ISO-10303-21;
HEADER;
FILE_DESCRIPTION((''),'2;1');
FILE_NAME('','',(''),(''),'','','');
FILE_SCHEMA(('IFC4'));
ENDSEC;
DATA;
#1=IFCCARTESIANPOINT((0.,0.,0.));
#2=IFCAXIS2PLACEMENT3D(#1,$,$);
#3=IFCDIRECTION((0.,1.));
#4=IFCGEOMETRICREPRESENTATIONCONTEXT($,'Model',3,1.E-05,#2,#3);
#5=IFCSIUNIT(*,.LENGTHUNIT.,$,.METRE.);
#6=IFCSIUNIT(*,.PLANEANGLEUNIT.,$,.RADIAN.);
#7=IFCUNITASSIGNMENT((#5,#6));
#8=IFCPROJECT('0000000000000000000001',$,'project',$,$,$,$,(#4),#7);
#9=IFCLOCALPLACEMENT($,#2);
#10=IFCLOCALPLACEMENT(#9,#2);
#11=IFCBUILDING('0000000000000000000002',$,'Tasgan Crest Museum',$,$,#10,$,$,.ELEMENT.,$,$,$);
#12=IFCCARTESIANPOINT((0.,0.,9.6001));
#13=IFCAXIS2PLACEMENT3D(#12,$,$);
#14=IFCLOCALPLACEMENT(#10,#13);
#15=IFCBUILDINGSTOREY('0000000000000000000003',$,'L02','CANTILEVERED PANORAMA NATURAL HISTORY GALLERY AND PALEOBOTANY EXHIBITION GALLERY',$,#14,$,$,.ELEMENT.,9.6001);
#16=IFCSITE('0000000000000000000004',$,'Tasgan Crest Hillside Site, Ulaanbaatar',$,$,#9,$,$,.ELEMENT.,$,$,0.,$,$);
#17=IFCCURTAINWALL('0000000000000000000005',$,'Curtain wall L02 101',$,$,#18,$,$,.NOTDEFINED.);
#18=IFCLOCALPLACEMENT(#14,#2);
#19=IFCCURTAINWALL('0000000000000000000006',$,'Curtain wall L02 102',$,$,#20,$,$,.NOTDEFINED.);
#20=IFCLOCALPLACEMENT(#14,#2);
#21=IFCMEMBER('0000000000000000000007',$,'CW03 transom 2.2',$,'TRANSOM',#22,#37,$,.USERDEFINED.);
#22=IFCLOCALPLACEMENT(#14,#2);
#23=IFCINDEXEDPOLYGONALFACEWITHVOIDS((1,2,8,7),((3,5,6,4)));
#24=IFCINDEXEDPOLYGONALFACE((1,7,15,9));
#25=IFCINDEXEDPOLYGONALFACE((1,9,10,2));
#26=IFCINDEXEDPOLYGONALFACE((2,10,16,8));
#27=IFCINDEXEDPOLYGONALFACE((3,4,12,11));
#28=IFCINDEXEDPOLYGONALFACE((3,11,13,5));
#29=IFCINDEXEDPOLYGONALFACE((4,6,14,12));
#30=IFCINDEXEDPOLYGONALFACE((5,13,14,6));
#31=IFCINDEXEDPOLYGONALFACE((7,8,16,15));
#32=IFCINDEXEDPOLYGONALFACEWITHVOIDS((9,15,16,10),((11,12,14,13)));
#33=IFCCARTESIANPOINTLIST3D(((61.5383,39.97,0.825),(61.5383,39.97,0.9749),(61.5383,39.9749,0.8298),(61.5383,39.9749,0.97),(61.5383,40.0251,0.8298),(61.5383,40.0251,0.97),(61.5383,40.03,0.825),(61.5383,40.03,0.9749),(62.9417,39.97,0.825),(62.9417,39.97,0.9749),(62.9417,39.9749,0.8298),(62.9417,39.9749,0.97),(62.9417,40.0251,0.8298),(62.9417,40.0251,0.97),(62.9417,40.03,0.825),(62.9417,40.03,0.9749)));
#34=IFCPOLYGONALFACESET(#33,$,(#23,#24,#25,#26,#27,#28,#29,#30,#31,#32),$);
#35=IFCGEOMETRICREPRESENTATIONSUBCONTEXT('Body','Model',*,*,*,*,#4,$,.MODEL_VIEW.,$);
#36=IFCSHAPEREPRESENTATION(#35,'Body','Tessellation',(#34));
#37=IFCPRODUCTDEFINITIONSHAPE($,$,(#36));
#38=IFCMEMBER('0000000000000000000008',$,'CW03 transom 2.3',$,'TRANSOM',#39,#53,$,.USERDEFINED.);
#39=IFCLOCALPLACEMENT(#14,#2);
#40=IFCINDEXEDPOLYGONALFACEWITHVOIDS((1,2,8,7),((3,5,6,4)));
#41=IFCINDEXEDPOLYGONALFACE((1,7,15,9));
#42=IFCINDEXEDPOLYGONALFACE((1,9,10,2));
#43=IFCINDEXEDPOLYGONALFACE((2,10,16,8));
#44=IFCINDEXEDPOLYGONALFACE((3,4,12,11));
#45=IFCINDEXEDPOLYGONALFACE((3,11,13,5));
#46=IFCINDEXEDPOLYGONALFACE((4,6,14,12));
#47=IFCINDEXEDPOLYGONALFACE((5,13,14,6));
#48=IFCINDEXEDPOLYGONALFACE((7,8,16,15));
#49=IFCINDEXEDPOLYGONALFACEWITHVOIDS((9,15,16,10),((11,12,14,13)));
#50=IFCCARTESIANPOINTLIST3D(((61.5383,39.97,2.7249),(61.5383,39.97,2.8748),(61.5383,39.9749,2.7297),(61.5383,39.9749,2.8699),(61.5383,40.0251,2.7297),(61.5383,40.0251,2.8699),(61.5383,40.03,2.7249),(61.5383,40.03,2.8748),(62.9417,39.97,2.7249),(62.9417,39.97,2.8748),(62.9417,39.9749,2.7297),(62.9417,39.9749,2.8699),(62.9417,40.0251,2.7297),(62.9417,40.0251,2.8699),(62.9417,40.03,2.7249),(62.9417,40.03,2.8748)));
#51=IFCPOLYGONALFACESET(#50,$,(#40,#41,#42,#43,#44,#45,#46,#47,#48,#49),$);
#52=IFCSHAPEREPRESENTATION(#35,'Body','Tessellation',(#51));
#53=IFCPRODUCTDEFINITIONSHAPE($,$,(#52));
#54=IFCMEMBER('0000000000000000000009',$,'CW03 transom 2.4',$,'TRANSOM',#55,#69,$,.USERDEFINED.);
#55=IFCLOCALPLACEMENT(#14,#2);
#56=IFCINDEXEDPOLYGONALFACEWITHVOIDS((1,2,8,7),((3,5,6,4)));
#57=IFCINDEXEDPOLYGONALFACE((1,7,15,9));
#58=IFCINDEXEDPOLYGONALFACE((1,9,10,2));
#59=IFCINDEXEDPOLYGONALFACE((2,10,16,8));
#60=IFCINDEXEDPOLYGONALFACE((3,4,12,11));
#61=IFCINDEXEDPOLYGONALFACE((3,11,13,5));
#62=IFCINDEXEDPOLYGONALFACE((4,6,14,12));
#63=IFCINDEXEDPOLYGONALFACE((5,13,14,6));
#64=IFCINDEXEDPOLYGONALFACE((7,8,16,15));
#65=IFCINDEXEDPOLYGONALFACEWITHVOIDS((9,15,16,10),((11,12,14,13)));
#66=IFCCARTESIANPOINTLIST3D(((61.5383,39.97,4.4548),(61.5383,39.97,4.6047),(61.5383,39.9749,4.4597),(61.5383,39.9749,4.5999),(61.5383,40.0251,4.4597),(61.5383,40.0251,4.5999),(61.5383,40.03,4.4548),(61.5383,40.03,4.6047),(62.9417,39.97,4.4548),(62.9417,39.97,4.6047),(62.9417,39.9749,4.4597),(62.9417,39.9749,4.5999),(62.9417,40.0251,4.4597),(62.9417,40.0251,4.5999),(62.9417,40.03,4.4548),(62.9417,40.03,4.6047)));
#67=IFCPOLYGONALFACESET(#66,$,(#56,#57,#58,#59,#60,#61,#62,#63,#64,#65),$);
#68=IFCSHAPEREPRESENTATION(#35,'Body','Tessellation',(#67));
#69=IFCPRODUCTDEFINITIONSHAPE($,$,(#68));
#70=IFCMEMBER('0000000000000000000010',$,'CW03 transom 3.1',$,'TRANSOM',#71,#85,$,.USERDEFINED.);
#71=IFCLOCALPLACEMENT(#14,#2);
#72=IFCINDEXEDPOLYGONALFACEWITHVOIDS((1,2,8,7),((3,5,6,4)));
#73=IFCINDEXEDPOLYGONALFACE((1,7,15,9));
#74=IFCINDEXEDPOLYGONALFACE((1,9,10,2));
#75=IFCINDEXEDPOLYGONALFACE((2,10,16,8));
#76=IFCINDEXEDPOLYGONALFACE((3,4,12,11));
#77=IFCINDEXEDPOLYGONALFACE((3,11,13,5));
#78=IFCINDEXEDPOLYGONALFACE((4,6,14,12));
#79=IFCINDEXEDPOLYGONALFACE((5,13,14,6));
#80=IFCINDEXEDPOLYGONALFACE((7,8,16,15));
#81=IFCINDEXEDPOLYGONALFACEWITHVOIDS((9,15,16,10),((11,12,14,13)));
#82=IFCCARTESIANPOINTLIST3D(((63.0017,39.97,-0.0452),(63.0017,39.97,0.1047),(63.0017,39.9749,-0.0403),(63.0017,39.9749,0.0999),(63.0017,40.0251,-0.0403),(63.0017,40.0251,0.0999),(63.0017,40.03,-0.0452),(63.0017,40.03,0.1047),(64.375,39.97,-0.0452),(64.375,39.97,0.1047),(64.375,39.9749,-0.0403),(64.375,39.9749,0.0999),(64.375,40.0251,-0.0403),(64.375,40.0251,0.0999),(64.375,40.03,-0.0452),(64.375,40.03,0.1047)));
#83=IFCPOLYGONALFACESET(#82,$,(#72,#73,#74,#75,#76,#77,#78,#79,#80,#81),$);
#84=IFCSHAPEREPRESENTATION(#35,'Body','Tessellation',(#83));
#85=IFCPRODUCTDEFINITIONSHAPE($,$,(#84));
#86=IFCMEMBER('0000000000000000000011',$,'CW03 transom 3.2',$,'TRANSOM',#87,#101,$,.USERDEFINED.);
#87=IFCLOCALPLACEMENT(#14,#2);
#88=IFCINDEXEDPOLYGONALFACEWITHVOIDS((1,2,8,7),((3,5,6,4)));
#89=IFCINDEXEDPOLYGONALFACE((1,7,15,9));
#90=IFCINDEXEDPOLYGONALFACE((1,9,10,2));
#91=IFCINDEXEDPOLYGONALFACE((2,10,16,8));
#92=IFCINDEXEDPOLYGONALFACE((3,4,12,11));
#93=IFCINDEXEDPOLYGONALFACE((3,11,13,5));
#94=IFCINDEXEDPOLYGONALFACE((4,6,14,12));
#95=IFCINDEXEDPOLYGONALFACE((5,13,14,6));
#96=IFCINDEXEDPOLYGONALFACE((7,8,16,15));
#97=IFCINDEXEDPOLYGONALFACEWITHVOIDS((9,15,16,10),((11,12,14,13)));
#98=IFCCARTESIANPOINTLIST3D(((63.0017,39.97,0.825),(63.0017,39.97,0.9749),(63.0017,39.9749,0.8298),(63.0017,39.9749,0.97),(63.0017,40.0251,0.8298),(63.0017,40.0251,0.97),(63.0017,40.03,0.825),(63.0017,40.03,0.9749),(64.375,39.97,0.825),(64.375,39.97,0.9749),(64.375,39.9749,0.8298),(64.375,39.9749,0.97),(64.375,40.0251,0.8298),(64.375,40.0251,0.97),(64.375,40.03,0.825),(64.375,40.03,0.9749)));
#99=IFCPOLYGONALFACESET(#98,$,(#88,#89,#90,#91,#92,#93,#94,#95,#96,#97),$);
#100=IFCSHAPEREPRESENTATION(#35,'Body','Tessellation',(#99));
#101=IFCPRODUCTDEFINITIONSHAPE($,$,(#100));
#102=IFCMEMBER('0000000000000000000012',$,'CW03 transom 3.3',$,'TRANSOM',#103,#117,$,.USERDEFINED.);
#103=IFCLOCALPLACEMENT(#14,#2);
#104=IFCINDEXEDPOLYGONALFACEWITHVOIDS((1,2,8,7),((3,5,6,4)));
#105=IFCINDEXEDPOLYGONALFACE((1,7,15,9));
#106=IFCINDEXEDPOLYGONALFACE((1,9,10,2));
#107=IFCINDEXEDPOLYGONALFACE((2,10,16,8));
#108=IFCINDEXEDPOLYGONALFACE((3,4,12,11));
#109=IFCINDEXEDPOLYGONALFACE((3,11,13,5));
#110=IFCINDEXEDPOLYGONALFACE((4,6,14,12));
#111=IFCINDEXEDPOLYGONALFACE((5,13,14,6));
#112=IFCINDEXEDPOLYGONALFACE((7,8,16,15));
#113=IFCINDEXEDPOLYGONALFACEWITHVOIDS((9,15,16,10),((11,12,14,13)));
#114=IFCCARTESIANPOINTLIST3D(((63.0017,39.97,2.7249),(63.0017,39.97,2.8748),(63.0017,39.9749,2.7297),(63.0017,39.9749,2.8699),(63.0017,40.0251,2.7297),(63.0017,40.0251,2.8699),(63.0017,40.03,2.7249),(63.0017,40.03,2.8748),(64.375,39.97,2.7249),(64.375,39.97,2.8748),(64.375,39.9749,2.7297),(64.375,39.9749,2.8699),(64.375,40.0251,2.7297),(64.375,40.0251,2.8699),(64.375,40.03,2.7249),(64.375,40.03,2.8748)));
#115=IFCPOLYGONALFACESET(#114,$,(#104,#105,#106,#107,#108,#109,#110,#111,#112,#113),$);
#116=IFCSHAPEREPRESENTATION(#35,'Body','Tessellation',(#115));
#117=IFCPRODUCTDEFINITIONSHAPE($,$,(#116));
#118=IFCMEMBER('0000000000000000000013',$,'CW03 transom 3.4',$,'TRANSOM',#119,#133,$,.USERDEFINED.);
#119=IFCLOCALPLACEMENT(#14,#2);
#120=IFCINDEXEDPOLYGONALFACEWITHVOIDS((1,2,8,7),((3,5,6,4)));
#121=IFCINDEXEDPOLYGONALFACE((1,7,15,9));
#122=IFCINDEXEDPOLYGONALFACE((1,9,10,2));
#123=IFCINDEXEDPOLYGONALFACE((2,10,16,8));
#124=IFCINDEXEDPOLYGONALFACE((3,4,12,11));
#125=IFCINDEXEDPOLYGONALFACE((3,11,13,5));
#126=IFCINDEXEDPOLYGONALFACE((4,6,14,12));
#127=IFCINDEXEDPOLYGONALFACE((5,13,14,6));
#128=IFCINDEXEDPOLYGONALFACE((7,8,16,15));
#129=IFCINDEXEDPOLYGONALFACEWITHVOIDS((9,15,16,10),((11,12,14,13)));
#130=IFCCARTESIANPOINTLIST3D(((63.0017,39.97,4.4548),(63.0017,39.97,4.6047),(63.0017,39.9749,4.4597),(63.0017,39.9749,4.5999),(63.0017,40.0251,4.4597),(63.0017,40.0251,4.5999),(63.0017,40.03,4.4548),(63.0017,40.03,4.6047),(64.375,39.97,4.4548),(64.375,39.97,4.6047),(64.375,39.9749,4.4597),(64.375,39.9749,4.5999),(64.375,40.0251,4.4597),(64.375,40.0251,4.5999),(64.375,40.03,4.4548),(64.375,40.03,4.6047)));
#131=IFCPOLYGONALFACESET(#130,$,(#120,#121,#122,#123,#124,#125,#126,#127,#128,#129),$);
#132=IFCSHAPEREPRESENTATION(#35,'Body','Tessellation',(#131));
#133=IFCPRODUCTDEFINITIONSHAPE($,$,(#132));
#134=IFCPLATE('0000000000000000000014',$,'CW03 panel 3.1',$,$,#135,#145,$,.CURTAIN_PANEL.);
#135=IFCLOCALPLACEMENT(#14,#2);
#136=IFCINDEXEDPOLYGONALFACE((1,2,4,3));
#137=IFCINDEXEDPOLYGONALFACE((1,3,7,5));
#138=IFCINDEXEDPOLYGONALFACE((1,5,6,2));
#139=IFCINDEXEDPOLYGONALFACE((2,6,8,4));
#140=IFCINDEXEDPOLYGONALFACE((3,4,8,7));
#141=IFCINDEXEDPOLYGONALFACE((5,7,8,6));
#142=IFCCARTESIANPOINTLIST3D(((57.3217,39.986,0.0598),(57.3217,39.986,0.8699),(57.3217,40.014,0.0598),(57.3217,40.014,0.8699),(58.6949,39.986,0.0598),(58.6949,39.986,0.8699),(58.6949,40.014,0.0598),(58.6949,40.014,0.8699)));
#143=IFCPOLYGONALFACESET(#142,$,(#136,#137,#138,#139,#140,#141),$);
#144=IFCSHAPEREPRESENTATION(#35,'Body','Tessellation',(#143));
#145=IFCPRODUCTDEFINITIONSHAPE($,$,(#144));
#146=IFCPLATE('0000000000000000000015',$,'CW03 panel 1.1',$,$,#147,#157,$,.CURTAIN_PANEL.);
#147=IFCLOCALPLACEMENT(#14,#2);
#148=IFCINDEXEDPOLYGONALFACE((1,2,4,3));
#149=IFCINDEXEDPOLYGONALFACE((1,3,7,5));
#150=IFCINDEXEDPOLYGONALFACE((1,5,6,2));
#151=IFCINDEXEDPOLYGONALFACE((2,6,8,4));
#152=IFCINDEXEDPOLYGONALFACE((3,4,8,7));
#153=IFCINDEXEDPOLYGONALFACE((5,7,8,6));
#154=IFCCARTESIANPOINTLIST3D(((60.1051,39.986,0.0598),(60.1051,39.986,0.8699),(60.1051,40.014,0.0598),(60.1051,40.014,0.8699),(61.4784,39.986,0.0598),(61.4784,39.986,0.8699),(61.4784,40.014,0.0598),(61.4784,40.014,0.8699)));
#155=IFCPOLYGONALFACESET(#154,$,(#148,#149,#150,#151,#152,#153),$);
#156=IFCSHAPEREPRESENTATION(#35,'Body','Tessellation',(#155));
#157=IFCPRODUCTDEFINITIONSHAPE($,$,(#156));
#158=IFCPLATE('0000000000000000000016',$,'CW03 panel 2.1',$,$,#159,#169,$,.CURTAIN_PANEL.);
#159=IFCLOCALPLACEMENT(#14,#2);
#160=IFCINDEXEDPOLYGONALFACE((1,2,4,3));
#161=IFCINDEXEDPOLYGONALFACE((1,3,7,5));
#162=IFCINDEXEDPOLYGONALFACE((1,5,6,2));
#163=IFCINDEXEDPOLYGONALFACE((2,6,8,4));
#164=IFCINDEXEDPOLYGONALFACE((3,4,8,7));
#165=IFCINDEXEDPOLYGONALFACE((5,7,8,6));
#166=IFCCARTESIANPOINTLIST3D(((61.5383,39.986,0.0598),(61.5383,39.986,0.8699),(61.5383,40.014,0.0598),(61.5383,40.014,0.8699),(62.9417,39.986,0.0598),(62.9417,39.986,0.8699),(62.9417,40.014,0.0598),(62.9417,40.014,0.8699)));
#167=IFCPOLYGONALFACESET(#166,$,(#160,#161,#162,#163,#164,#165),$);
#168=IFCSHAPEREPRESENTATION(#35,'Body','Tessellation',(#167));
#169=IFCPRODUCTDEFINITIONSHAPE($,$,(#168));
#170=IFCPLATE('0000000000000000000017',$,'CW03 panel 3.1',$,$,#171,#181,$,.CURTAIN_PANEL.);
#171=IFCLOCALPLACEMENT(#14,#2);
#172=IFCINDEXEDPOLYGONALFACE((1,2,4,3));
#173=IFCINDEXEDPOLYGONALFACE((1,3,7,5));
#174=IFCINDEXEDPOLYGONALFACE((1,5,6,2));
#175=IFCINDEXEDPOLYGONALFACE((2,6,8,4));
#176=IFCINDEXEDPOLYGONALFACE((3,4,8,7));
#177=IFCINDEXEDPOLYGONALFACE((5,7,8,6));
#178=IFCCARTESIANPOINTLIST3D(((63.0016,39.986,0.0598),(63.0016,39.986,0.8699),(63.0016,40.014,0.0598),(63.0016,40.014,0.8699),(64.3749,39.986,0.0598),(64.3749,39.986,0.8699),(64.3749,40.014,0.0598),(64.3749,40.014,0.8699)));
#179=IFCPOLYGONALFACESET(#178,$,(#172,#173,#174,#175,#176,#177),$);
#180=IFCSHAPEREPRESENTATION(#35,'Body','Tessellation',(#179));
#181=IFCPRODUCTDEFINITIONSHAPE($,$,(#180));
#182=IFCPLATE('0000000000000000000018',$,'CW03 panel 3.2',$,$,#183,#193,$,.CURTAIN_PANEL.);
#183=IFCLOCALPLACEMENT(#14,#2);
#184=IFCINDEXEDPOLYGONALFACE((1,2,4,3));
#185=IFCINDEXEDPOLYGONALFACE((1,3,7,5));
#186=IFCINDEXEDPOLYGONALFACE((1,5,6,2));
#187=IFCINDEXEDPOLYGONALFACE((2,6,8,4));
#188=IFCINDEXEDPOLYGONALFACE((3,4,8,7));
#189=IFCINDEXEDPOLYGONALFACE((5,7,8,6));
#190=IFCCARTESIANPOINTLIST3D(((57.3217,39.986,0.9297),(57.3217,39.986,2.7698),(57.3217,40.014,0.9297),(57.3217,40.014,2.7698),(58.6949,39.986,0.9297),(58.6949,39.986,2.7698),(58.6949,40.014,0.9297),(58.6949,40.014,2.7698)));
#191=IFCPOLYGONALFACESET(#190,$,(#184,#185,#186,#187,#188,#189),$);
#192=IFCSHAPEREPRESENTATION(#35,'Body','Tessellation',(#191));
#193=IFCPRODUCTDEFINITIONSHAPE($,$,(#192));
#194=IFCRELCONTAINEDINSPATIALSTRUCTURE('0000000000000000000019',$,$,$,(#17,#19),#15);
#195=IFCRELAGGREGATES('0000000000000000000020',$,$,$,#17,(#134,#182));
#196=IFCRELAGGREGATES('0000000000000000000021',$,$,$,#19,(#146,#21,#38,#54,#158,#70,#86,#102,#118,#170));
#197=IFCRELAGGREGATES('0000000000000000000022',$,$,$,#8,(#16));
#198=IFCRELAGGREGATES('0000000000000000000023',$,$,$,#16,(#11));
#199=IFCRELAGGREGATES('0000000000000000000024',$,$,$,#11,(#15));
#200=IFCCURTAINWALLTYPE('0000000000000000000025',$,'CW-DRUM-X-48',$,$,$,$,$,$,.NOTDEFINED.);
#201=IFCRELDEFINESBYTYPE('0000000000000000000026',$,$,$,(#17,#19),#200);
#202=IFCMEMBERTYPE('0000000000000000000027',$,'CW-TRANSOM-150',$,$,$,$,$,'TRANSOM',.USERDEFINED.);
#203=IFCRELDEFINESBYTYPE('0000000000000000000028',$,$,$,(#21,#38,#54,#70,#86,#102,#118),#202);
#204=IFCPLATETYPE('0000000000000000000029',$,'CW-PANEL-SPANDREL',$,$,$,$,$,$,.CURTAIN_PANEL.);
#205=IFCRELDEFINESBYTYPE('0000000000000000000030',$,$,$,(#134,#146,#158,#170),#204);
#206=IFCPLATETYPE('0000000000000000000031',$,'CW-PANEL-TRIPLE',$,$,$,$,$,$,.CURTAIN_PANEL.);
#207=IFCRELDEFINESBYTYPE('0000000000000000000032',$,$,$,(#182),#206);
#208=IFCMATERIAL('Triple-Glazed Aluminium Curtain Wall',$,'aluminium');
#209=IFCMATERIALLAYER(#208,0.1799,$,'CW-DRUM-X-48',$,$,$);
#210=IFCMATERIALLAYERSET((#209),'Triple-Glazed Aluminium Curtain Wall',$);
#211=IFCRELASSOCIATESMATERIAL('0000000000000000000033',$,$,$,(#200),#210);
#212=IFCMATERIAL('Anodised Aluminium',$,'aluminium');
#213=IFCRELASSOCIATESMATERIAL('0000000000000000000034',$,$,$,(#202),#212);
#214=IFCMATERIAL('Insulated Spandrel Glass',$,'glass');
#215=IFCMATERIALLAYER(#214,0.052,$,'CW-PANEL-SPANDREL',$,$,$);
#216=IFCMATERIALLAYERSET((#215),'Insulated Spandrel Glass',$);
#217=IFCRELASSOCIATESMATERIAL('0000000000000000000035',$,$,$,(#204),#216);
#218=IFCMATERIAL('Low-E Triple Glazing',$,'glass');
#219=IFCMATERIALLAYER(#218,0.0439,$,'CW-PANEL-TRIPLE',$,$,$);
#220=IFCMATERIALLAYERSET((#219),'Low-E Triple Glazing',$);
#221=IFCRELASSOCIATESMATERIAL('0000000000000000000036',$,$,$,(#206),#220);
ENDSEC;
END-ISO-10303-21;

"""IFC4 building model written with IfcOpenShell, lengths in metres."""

from ifc_helpers import new_model, si_unit, direction, frame, origin, origin_2d, place, context, subcontext, project, spatial, rectangle, hollow_rectangle, extrude, material, layer, layer_set, material_profile, profile_set, type_object, element, aggregate, save


model = new_model("IFC4")

# Units and contexts
model_context = context("Model", 3, precision=1e-05, world=origin(), true_north=direction((0.0, 1.0)))
body_context = subcontext(model_context, "Body", "Model", "MODEL_VIEW")
ifc_project = project(units=[si_unit("LENGTHUNIT", "METRE"), si_unit("PLANEANGLEUNIT", "RADIAN")], contexts=[model_context])

# Site, building, storey
site_placement = place(None, origin())
site = spatial("IfcSite", under=ifc_project, at=site_placement, Name="Tasgan Crest Hillside Site, Ulaanbaatar", CompositionType="ELEMENT", RefElevation=0.0)
building_placement = place(site_placement, origin())
building = spatial("IfcBuilding", under=site, at=building_placement, Name="Tasgan Crest Museum", CompositionType="ELEMENT")
storey_placement = place(building_placement, frame((0.0, 0.0, 9.6001)))
storey = spatial("IfcBuildingStorey", under=building, at=storey_placement, Name="L02", Description="CANTILEVERED PANORAMA NATURAL HISTORY GALLERY AND PALEOBOTANY EXHIBITION GALLERY", CompositionType="ELEMENT", Elevation=9.6001)

# Curtain walls
ifc_material_1 = material(Name="Triple-Glazed Aluminium Curtain Wall", Category="aluminium")
ifc_layer_1 = layer(ifc_material_1, 0.1799, Name="CW-DRUM-X-48")
ifc_layer_set_1 = layer_set([ifc_layer_1], Name="Triple-Glazed Aluminium Curtain Wall")
curtain_wall_type = type_object("IfcCurtainWallType", Name="CW-DRUM-X-48", PredefinedType="NOTDEFINED", material=ifc_layer_set_1)
curtain_wall_1_placement = place(storey_placement, origin())
curtain_wall_1 = element("IfcCurtainWall", 1, at=curtain_wall_1_placement, inside=storey, type_object=curtain_wall_type, Name="Curtain wall L02 101", PredefinedType="NOTDEFINED")
curtain_wall_2_placement = place(storey_placement, origin())
curtain_wall_2 = element("IfcCurtainWall", 2, at=curtain_wall_2_placement, inside=storey, type_object=curtain_wall_type, Name="Curtain wall L02 102", PredefinedType="NOTDEFINED")

# Members
ifc_material_2 = material(Name="Anodised Aluminium", Category="aluminium")
ifc_material_profile_1 = material_profile(ifc_material_2, hollow_rectangle(XDim=0.0601, YDim=0.1499, WallThickness=0.0049, at=origin_2d()), Name="ALU TRANSOM 150x60x5")
ifc_profile_set_1 = profile_set([ifc_material_profile_1], Name="Anodised Aluminium")
member_type_1 = type_object("IfcMemberType", Name="CW-TRANSOM-150", ElementType="TRANSOM", PredefinedType="USERDEFINED", material=ifc_profile_set_1)
member_1_placement = place(storey_placement, frame((61.5383, 40.0, 0.8999), z_axis=(1.0, 0.0, 0.0), x_axis=(0.0, 1.0, 0.0)))
member_1 = element("IfcMember", 3, at=member_1_placement, type_object=member_type_1, Name="CW03 transom 2.2", ObjectType="TRANSOM", PredefinedType="USERDEFINED", context=body_context, shape_type="SweptSolid", body=[
    extrude(hollow_rectangle(XDim=0.0601, YDim=0.1499, WallThickness=0.0049, at=origin_2d()), origin(), (0.0, 0.0, 1.0), 1.4033),
])
member_2_placement = place(storey_placement, frame((61.5383, 40.0, 2.7998), z_axis=(1.0, 0.0, 0.0), x_axis=(0.0, 1.0, 0.0)))
member_2 = element("IfcMember", 4, at=member_2_placement, type_object=member_type_1, Name="CW03 transom 2.3", ObjectType="TRANSOM", PredefinedType="USERDEFINED", context=body_context, shape_type="SweptSolid", body=[
    extrude(hollow_rectangle(XDim=0.0601, YDim=0.1499, WallThickness=0.0049, at=origin_2d()), origin(), (0.0, 0.0, 1.0), 1.4033),
])
member_3_placement = place(storey_placement, frame((61.5383, 40.0, 4.5298), z_axis=(1.0, 0.0, 0.0), x_axis=(0.0, 1.0, 0.0)))
member_3 = element("IfcMember", 5, at=member_3_placement, type_object=member_type_1, Name="CW03 transom 2.4", ObjectType="TRANSOM", PredefinedType="USERDEFINED", context=body_context, shape_type="SweptSolid", body=[
    extrude(hollow_rectangle(XDim=0.0601, YDim=0.1499, WallThickness=0.0049, at=origin_2d()), origin(), (0.0, 0.0, 1.0), 1.4033),
])
member_4_placement = place(storey_placement, frame((63.0017, 40.0, 0.0298), z_axis=(1.0, 0.0, 0.0), x_axis=(0.0, 1.0, 0.0)))
member_4 = element("IfcMember", 6, at=member_4_placement, type_object=member_type_1, Name="CW03 transom 3.1", ObjectType="TRANSOM", PredefinedType="USERDEFINED", context=body_context, shape_type="SweptSolid", body=[
    extrude(hollow_rectangle(XDim=0.0601, YDim=0.1499, WallThickness=0.0049, at=origin_2d()), origin(), (0.0, 0.0, 1.0), 1.3733),
])
member_5_placement = place(storey_placement, frame((63.0017, 40.0, 0.8999), z_axis=(1.0, 0.0, 0.0), x_axis=(0.0, 1.0, 0.0)))
member_5 = element("IfcMember", 7, at=member_5_placement, type_object=member_type_1, Name="CW03 transom 3.2", ObjectType="TRANSOM", PredefinedType="USERDEFINED", context=body_context, shape_type="SweptSolid", body=[
    extrude(hollow_rectangle(XDim=0.0601, YDim=0.1499, WallThickness=0.0049, at=origin_2d()), origin(), (0.0, 0.0, 1.0), 1.3733),
])
member_6_placement = place(storey_placement, frame((63.0017, 40.0, 2.7998), z_axis=(1.0, 0.0, 0.0), x_axis=(0.0, 1.0, 0.0)))
member_6 = element("IfcMember", 8, at=member_6_placement, type_object=member_type_1, Name="CW03 transom 3.3", ObjectType="TRANSOM", PredefinedType="USERDEFINED", context=body_context, shape_type="SweptSolid", body=[
    extrude(hollow_rectangle(XDim=0.0601, YDim=0.1499, WallThickness=0.0049, at=origin_2d()), origin(), (0.0, 0.0, 1.0), 1.3733),
])
member_7_placement = place(storey_placement, frame((63.0017, 40.0, 4.5298), z_axis=(1.0, 0.0, 0.0), x_axis=(0.0, 1.0, 0.0)))
member_7 = element("IfcMember", 9, at=member_7_placement, type_object=member_type_1, Name="CW03 transom 3.4", ObjectType="TRANSOM", PredefinedType="USERDEFINED", context=body_context, shape_type="SweptSolid", body=[
    extrude(hollow_rectangle(XDim=0.0601, YDim=0.1499, WallThickness=0.0049, at=origin_2d()), origin(), (0.0, 0.0, 1.0), 1.3733),
])

# Plates
ifc_material_3 = material(Name="Insulated Spandrel Glass", Category="glass")
ifc_layer_2 = layer(ifc_material_3, 0.052, Name="CW-PANEL-SPANDREL")
ifc_layer_set_2 = layer_set([ifc_layer_2], Name="Insulated Spandrel Glass")
plate_type_1 = type_object("IfcPlateType", Name="CW-PANEL-SPANDREL", PredefinedType="CURTAIN_PANEL", material=ifc_layer_set_2)
plate_1_placement = place(storey_placement, frame((58.0083, 40.0, 0.0598), z_axis=(0.0, 0.0, 1.0), x_axis=(1.0, 0.0, 0.0)))
plate_1 = element("IfcPlate", 10, at=plate_1_placement, type_object=plate_type_1, Name="CW03 panel 3.1", PredefinedType="CURTAIN_PANEL", context=body_context, shape_type="SweptSolid", body=[
    extrude(rectangle(XDim=1.3733, YDim=0.0281, at=origin_2d()), origin(), (0.0, 0.0, 1.0), 0.8101),
])
plate_2_placement = place(storey_placement, frame((60.7917, 40.0, 0.0598), z_axis=(0.0, 0.0, 1.0), x_axis=(1.0, 0.0, 0.0)))
plate_2 = element("IfcPlate", 11, at=plate_2_placement, type_object=plate_type_1, Name="CW03 panel 1.1", PredefinedType="CURTAIN_PANEL", context=body_context, shape_type="SweptSolid", body=[
    extrude(rectangle(XDim=1.3733, YDim=0.0281, at=origin_2d()), origin(), (0.0, 0.0, 1.0), 0.8101),
])
plate_3_placement = place(storey_placement, frame((62.24, 40.0, 0.0598), z_axis=(0.0, 0.0, 1.0), x_axis=(1.0, 0.0, 0.0)))
plate_3 = element("IfcPlate", 12, at=plate_3_placement, type_object=plate_type_1, Name="CW03 panel 2.1", PredefinedType="CURTAIN_PANEL", context=body_context, shape_type="SweptSolid", body=[
    extrude(rectangle(XDim=1.4033, YDim=0.0281, at=origin_2d()), origin(), (0.0, 0.0, 1.0), 0.8101),
])
plate_4_placement = place(storey_placement, frame((63.6882, 40.0, 0.0598), z_axis=(0.0, 0.0, 1.0), x_axis=(1.0, 0.0, 0.0)))
plate_4 = element("IfcPlate", 13, at=plate_4_placement, type_object=plate_type_1, Name="CW03 panel 3.1", PredefinedType="CURTAIN_PANEL", context=body_context, shape_type="SweptSolid", body=[
    extrude(rectangle(XDim=1.3733, YDim=0.0281, at=origin_2d()), origin(), (0.0, 0.0, 1.0), 0.8101),
])
ifc_material_4 = material(Name="Low-E Triple Glazing", Category="glass")
ifc_layer_3 = layer(ifc_material_4, 0.0439, Name="CW-PANEL-TRIPLE")
ifc_layer_set_3 = layer_set([ifc_layer_3], Name="Low-E Triple Glazing")
plate_type_2 = type_object("IfcPlateType", Name="CW-PANEL-TRIPLE", PredefinedType="CURTAIN_PANEL", material=ifc_layer_set_3)
plate_5_placement = place(storey_placement, frame((58.0083, 40.0, 0.9297), z_axis=(0.0, 0.0, 1.0), x_axis=(1.0, 0.0, 0.0)))
plate_5 = element("IfcPlate", 14, at=plate_5_placement, type_object=plate_type_2, Name="CW03 panel 3.2", PredefinedType="CURTAIN_PANEL", context=body_context, shape_type="SweptSolid", body=[
    extrude(rectangle(XDim=1.3733, YDim=0.0281, at=origin_2d()), origin(), (0.0, 0.0, 1.0), 1.8401),
])
aggregate(curtain_wall_1, [plate_1, plate_5])
aggregate(curtain_wall_2, [plate_2, member_1, member_2, member_3, plate_3, member_4, member_5, member_6, member_7, plate_4])

save(model, "model.ifc")
